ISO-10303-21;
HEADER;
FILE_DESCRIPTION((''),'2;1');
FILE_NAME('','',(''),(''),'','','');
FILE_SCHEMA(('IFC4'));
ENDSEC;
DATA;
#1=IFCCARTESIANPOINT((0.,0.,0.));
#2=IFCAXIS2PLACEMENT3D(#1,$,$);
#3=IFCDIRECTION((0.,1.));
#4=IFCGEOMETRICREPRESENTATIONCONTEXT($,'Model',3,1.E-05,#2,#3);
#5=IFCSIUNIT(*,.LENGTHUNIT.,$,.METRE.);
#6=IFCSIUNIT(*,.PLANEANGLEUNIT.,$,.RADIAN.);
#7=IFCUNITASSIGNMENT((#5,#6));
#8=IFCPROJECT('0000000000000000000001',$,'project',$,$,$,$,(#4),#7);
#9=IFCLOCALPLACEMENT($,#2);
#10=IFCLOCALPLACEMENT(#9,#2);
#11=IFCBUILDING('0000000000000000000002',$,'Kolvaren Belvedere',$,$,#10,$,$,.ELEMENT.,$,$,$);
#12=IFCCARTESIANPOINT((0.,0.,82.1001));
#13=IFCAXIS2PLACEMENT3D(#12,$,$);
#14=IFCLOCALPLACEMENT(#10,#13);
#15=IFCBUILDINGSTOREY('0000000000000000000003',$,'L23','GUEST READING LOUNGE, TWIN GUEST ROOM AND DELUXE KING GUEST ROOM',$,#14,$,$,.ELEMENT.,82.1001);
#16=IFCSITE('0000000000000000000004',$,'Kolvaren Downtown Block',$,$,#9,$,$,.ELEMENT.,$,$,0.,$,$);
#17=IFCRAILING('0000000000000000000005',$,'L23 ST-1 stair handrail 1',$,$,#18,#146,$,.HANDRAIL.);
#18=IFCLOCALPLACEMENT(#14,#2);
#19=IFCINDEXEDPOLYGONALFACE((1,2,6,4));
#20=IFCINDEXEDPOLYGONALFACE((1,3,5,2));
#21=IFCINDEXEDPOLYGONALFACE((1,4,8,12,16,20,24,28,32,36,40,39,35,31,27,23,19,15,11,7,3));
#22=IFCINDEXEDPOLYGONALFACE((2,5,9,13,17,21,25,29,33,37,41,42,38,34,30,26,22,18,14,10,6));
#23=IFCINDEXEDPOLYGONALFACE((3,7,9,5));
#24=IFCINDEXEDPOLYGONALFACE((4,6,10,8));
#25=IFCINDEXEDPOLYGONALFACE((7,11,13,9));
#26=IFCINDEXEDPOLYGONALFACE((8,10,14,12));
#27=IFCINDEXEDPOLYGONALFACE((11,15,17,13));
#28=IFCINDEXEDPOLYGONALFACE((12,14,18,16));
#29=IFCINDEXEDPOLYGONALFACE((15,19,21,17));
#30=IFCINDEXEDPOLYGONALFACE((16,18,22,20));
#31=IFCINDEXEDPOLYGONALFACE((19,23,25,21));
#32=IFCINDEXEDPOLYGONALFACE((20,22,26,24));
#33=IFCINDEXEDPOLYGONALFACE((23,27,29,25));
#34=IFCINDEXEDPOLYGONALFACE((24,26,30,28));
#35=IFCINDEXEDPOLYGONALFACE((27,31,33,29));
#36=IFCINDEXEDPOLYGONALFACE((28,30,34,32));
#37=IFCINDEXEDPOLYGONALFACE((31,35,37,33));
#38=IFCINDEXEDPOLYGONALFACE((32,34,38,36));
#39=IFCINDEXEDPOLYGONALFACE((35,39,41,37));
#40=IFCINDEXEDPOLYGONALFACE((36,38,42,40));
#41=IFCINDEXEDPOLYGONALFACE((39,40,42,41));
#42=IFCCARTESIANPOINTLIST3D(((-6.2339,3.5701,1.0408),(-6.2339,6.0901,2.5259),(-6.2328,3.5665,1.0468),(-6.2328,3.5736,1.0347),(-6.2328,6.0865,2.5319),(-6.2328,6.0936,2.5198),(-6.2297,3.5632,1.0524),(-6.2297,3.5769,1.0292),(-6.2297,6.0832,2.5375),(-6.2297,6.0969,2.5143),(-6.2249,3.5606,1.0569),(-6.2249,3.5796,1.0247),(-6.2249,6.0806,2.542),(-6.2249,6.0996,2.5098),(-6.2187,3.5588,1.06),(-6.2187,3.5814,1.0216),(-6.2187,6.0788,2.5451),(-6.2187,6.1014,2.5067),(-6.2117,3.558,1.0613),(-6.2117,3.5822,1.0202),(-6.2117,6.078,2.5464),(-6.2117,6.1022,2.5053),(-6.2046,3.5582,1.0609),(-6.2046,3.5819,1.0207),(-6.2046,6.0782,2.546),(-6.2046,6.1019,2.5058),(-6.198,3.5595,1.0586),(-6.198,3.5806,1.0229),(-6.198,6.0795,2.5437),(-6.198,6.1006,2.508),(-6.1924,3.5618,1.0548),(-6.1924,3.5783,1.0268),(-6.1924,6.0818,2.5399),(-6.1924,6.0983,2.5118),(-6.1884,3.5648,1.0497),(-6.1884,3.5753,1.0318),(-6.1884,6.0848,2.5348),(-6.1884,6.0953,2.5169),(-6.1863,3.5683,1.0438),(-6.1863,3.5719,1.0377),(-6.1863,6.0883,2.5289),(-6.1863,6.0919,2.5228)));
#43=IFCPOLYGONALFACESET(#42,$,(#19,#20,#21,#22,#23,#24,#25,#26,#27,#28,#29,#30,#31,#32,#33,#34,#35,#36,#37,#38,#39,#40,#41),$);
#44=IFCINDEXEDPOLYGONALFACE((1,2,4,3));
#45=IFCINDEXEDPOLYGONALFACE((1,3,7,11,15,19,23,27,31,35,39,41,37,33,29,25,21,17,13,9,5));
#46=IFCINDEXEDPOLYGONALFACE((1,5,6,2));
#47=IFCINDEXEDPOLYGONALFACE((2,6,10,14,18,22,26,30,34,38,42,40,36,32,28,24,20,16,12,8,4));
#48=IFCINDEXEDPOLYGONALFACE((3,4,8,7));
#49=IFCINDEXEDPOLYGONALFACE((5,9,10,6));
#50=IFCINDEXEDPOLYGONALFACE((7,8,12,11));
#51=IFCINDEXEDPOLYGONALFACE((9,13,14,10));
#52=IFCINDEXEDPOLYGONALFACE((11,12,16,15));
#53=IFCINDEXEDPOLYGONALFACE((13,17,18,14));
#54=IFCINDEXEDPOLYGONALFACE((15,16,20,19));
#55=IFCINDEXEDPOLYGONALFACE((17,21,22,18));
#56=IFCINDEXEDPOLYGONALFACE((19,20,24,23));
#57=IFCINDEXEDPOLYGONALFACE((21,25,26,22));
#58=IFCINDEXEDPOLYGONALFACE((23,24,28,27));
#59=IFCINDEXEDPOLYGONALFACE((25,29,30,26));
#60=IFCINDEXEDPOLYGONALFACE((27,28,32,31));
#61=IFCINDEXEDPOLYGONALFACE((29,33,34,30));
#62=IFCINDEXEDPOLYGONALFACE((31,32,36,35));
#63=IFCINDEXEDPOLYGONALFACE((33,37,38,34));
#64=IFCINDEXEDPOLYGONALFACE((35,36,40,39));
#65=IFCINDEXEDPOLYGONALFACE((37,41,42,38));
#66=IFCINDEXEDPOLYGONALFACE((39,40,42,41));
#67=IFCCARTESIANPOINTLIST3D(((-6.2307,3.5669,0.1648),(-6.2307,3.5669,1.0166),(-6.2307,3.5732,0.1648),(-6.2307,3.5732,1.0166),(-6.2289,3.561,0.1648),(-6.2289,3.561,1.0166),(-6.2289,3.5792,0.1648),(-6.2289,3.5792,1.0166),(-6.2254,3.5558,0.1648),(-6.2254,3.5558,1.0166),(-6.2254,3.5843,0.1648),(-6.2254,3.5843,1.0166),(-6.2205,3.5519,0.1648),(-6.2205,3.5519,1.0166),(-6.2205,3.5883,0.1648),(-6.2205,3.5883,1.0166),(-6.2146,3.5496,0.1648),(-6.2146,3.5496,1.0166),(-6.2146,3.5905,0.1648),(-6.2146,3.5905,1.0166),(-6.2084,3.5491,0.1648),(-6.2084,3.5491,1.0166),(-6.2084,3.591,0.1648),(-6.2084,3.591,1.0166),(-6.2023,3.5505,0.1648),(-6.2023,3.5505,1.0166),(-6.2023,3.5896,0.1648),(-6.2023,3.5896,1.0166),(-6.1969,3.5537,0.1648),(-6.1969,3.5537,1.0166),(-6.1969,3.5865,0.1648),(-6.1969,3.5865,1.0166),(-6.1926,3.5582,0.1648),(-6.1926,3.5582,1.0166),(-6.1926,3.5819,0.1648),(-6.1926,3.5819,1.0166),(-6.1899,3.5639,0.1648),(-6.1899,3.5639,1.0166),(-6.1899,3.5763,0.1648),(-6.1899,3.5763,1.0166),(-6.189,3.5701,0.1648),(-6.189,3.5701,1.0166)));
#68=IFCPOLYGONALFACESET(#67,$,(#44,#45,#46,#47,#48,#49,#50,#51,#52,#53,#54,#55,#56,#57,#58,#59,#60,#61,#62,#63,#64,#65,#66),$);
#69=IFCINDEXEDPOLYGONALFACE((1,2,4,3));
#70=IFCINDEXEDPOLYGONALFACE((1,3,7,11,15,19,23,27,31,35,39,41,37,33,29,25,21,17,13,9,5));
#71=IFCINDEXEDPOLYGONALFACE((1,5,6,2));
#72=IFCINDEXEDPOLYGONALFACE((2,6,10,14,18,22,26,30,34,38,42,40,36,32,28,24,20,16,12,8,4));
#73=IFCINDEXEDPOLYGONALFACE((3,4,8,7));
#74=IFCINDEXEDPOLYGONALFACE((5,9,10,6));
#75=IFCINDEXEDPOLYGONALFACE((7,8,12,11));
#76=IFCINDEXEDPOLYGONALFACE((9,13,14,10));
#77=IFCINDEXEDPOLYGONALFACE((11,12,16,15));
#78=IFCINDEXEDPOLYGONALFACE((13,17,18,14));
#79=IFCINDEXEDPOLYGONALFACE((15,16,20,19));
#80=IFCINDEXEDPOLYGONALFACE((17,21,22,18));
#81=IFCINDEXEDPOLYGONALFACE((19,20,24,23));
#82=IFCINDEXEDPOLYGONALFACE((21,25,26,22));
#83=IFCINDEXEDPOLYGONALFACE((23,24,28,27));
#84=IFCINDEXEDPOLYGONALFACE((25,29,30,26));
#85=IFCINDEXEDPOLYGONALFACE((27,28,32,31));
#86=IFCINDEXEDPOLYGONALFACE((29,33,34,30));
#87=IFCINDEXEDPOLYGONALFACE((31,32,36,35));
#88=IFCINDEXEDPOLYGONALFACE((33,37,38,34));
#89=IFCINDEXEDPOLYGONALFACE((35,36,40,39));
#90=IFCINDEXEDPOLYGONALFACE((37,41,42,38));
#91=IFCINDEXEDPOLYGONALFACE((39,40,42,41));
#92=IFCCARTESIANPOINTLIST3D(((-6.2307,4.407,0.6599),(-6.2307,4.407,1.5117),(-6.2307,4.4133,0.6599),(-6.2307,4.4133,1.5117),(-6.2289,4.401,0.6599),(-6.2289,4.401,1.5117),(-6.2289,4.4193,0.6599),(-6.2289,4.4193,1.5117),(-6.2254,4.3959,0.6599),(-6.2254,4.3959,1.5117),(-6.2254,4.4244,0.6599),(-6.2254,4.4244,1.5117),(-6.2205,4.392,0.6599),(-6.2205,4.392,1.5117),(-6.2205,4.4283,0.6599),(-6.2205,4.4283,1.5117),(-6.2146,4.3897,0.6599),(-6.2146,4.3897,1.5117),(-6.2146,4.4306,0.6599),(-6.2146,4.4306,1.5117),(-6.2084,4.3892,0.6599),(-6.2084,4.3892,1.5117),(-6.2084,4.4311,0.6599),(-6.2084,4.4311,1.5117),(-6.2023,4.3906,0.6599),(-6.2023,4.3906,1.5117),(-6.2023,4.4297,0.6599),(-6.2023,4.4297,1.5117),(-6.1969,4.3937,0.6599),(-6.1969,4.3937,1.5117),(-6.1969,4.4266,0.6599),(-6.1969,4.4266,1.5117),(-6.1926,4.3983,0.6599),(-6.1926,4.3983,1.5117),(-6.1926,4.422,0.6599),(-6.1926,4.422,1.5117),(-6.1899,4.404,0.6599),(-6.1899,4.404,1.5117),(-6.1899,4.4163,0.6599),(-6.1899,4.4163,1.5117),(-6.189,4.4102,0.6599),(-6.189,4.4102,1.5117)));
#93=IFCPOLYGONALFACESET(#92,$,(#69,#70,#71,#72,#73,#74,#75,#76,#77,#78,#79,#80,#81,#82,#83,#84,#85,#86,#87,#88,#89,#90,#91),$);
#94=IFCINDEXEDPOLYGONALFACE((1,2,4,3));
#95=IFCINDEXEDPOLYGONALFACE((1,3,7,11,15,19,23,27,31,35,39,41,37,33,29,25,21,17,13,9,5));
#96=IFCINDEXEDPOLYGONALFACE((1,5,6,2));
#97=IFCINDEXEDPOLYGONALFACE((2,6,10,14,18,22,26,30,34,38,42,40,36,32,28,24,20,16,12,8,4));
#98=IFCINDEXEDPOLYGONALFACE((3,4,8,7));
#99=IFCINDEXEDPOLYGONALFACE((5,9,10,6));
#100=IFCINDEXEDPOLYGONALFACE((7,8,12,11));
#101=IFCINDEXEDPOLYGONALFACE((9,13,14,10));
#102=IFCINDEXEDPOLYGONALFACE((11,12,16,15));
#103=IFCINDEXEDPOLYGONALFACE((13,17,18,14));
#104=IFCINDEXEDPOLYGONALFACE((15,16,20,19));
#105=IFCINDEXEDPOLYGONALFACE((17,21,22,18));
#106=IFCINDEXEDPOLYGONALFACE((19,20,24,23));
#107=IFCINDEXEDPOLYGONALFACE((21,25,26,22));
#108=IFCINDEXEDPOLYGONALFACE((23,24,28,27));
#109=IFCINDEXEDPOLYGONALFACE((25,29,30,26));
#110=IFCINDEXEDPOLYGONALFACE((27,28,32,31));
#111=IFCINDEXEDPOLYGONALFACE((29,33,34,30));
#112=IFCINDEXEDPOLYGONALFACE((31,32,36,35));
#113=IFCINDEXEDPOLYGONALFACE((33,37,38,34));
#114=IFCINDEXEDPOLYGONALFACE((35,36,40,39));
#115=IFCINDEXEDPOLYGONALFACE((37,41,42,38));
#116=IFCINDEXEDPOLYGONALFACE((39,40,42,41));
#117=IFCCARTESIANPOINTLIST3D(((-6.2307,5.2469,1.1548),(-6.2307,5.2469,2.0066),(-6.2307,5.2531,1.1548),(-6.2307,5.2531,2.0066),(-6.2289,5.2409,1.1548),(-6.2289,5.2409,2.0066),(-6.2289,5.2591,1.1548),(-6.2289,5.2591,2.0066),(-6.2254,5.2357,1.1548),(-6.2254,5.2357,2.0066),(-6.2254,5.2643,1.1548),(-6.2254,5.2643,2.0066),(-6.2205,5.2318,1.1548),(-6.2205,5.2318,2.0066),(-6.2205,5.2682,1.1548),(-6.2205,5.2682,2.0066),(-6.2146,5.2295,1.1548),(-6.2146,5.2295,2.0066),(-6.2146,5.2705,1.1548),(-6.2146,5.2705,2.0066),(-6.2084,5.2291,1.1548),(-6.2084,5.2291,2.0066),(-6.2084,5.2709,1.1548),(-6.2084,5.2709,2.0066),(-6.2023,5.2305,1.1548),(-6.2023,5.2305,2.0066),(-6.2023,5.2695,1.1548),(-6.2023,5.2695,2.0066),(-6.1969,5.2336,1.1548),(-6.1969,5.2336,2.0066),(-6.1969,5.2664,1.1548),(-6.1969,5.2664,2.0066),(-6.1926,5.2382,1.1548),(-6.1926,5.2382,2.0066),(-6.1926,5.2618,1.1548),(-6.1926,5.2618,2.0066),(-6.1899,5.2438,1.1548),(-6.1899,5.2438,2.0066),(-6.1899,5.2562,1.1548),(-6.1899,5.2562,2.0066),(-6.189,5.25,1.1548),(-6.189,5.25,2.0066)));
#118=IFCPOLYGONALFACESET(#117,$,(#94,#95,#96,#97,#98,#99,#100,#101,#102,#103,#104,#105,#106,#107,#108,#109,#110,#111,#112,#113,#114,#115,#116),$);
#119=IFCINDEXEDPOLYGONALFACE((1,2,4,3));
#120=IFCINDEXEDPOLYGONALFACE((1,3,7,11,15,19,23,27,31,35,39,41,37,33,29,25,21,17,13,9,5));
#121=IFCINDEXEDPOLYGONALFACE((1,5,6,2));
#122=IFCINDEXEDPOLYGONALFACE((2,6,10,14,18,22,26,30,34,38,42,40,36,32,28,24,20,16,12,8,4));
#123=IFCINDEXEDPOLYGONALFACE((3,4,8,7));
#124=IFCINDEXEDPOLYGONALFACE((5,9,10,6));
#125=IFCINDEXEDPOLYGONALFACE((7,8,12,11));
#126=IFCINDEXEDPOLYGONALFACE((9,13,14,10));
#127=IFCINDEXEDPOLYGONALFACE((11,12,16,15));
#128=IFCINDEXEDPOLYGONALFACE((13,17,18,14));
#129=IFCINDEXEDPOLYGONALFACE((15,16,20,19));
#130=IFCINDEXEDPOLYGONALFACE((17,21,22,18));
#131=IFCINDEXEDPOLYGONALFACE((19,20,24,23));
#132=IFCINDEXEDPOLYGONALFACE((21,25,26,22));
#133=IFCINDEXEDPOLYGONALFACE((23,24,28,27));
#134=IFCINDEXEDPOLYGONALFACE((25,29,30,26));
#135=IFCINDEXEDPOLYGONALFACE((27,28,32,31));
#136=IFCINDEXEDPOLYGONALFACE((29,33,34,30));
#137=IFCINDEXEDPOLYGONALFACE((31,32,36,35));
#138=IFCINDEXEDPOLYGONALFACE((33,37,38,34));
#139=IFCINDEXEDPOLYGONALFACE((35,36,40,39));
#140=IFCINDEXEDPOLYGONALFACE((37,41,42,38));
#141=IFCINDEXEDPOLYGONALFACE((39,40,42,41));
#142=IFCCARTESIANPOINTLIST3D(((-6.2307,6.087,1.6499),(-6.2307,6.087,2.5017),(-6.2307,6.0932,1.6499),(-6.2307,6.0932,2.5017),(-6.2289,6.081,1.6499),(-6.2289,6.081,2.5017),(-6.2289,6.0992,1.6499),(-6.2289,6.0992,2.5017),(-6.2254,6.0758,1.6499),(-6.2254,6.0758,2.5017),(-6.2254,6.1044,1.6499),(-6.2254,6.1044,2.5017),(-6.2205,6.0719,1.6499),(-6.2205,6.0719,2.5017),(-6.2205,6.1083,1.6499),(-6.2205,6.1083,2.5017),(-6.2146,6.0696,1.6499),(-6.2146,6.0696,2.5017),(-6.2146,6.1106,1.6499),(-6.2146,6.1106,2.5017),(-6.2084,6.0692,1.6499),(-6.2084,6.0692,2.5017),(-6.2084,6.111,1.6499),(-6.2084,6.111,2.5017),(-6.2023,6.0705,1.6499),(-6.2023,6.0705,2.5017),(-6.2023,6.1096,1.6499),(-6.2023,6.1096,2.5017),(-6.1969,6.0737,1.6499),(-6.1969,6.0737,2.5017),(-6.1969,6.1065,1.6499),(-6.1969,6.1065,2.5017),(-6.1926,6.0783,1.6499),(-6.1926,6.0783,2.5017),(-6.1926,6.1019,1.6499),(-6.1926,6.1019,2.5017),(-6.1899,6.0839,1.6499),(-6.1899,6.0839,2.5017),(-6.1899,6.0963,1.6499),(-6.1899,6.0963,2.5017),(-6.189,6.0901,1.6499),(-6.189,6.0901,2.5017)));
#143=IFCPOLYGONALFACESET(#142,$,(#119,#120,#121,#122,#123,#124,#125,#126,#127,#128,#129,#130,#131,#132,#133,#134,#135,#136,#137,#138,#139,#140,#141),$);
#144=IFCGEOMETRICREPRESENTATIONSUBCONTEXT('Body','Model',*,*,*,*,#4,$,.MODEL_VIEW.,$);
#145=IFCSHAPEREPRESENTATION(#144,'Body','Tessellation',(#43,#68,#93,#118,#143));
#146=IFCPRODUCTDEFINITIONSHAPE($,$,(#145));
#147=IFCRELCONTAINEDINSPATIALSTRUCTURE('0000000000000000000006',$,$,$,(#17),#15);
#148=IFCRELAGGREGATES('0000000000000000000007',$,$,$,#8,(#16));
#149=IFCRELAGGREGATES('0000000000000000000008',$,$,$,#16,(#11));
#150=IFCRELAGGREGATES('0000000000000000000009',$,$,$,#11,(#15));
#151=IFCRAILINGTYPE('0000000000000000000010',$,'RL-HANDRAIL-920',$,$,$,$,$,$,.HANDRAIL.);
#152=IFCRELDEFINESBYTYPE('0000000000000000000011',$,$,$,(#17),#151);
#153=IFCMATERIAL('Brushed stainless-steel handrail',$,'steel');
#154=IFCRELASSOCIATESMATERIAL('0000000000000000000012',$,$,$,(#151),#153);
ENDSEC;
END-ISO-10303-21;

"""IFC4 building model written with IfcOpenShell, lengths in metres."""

from ifc_helpers import new_model, si_unit, direction, frame, origin, origin_2d, place, context, subcontext, project, spatial, circle, extrude, material, type_object, element, save


model = new_model("IFC4")

# Units and contexts
model_context = context("Model", 3, precision=1e-05, world=origin(), true_north=direction((0.0, 1.0)))
body_context = subcontext(model_context, "Body", "Model", "MODEL_VIEW")
ifc_project = project(units=[si_unit("LENGTHUNIT", "METRE"), si_unit("PLANEANGLEUNIT", "RADIAN")], contexts=[model_context])

# Site, building, storey
site_placement = place(None, origin())
site = spatial("IfcSite", under=ifc_project, at=site_placement, Name="Kolvaren Downtown Block", CompositionType="ELEMENT", RefElevation=0.0)
building_placement = place(site_placement, origin())
building = spatial("IfcBuilding", under=site, at=building_placement, Name="Kolvaren Belvedere", CompositionType="ELEMENT")
storey_placement = place(building_placement, frame((0.0, 0.0, 82.1001)))
storey = spatial("IfcBuildingStorey", under=building, at=storey_placement, Name="L23", Description="GUEST READING LOUNGE, TWIN GUEST ROOM AND DELUXE KING GUEST ROOM", CompositionType="ELEMENT", Elevation=82.1001)

# Railing
ifc_material_1 = material(Name="Brushed stainless-steel handrail", Category="steel")
railing_type_1 = type_object("IfcRailingType", Name="RL-HANDRAIL-920", PredefinedType="HANDRAIL", material=ifc_material_1)
railing_1_placement = place(storey_placement, frame((-6.21, 3.5701, 0.1648)))
element("IfcRailing", 1, at=railing_1_placement, inside=storey, type_object=railing_type_1, Name="L23 ST-1 stair handrail 1", PredefinedType="HANDRAIL", context=body_context, shape_type="SweptSolid", body=[
    extrude(circle(Radius=0.0239, at=origin_2d()), frame((0.0, 0.0, 0.876), z_axis=(0.0, 0.861524, 0.507717), x_axis=(-1.0, 0.0, 0.0)), (0.0, 0.0, 1.0), 2.925),
    extrude(circle(Radius=0.021, at=origin_2d()), origin(), (0.0, 0.0, 1.0), 0.8518),
    extrude(circle(Radius=0.021, at=origin_2d()), frame((0.0, 0.8401, 0.4951)), (0.0, 0.0, 1.0), 0.8518),
    extrude(circle(Radius=0.021, at=origin_2d()), frame((0.0, 1.6799, 0.99)), (0.0, 0.0, 1.0), 0.8518),
    extrude(circle(Radius=0.021, at=origin_2d()), frame((0.0, 2.52, 1.4851)), (0.0, 0.0, 1.0), 0.8518),
])

save(model, "model.ifc")
